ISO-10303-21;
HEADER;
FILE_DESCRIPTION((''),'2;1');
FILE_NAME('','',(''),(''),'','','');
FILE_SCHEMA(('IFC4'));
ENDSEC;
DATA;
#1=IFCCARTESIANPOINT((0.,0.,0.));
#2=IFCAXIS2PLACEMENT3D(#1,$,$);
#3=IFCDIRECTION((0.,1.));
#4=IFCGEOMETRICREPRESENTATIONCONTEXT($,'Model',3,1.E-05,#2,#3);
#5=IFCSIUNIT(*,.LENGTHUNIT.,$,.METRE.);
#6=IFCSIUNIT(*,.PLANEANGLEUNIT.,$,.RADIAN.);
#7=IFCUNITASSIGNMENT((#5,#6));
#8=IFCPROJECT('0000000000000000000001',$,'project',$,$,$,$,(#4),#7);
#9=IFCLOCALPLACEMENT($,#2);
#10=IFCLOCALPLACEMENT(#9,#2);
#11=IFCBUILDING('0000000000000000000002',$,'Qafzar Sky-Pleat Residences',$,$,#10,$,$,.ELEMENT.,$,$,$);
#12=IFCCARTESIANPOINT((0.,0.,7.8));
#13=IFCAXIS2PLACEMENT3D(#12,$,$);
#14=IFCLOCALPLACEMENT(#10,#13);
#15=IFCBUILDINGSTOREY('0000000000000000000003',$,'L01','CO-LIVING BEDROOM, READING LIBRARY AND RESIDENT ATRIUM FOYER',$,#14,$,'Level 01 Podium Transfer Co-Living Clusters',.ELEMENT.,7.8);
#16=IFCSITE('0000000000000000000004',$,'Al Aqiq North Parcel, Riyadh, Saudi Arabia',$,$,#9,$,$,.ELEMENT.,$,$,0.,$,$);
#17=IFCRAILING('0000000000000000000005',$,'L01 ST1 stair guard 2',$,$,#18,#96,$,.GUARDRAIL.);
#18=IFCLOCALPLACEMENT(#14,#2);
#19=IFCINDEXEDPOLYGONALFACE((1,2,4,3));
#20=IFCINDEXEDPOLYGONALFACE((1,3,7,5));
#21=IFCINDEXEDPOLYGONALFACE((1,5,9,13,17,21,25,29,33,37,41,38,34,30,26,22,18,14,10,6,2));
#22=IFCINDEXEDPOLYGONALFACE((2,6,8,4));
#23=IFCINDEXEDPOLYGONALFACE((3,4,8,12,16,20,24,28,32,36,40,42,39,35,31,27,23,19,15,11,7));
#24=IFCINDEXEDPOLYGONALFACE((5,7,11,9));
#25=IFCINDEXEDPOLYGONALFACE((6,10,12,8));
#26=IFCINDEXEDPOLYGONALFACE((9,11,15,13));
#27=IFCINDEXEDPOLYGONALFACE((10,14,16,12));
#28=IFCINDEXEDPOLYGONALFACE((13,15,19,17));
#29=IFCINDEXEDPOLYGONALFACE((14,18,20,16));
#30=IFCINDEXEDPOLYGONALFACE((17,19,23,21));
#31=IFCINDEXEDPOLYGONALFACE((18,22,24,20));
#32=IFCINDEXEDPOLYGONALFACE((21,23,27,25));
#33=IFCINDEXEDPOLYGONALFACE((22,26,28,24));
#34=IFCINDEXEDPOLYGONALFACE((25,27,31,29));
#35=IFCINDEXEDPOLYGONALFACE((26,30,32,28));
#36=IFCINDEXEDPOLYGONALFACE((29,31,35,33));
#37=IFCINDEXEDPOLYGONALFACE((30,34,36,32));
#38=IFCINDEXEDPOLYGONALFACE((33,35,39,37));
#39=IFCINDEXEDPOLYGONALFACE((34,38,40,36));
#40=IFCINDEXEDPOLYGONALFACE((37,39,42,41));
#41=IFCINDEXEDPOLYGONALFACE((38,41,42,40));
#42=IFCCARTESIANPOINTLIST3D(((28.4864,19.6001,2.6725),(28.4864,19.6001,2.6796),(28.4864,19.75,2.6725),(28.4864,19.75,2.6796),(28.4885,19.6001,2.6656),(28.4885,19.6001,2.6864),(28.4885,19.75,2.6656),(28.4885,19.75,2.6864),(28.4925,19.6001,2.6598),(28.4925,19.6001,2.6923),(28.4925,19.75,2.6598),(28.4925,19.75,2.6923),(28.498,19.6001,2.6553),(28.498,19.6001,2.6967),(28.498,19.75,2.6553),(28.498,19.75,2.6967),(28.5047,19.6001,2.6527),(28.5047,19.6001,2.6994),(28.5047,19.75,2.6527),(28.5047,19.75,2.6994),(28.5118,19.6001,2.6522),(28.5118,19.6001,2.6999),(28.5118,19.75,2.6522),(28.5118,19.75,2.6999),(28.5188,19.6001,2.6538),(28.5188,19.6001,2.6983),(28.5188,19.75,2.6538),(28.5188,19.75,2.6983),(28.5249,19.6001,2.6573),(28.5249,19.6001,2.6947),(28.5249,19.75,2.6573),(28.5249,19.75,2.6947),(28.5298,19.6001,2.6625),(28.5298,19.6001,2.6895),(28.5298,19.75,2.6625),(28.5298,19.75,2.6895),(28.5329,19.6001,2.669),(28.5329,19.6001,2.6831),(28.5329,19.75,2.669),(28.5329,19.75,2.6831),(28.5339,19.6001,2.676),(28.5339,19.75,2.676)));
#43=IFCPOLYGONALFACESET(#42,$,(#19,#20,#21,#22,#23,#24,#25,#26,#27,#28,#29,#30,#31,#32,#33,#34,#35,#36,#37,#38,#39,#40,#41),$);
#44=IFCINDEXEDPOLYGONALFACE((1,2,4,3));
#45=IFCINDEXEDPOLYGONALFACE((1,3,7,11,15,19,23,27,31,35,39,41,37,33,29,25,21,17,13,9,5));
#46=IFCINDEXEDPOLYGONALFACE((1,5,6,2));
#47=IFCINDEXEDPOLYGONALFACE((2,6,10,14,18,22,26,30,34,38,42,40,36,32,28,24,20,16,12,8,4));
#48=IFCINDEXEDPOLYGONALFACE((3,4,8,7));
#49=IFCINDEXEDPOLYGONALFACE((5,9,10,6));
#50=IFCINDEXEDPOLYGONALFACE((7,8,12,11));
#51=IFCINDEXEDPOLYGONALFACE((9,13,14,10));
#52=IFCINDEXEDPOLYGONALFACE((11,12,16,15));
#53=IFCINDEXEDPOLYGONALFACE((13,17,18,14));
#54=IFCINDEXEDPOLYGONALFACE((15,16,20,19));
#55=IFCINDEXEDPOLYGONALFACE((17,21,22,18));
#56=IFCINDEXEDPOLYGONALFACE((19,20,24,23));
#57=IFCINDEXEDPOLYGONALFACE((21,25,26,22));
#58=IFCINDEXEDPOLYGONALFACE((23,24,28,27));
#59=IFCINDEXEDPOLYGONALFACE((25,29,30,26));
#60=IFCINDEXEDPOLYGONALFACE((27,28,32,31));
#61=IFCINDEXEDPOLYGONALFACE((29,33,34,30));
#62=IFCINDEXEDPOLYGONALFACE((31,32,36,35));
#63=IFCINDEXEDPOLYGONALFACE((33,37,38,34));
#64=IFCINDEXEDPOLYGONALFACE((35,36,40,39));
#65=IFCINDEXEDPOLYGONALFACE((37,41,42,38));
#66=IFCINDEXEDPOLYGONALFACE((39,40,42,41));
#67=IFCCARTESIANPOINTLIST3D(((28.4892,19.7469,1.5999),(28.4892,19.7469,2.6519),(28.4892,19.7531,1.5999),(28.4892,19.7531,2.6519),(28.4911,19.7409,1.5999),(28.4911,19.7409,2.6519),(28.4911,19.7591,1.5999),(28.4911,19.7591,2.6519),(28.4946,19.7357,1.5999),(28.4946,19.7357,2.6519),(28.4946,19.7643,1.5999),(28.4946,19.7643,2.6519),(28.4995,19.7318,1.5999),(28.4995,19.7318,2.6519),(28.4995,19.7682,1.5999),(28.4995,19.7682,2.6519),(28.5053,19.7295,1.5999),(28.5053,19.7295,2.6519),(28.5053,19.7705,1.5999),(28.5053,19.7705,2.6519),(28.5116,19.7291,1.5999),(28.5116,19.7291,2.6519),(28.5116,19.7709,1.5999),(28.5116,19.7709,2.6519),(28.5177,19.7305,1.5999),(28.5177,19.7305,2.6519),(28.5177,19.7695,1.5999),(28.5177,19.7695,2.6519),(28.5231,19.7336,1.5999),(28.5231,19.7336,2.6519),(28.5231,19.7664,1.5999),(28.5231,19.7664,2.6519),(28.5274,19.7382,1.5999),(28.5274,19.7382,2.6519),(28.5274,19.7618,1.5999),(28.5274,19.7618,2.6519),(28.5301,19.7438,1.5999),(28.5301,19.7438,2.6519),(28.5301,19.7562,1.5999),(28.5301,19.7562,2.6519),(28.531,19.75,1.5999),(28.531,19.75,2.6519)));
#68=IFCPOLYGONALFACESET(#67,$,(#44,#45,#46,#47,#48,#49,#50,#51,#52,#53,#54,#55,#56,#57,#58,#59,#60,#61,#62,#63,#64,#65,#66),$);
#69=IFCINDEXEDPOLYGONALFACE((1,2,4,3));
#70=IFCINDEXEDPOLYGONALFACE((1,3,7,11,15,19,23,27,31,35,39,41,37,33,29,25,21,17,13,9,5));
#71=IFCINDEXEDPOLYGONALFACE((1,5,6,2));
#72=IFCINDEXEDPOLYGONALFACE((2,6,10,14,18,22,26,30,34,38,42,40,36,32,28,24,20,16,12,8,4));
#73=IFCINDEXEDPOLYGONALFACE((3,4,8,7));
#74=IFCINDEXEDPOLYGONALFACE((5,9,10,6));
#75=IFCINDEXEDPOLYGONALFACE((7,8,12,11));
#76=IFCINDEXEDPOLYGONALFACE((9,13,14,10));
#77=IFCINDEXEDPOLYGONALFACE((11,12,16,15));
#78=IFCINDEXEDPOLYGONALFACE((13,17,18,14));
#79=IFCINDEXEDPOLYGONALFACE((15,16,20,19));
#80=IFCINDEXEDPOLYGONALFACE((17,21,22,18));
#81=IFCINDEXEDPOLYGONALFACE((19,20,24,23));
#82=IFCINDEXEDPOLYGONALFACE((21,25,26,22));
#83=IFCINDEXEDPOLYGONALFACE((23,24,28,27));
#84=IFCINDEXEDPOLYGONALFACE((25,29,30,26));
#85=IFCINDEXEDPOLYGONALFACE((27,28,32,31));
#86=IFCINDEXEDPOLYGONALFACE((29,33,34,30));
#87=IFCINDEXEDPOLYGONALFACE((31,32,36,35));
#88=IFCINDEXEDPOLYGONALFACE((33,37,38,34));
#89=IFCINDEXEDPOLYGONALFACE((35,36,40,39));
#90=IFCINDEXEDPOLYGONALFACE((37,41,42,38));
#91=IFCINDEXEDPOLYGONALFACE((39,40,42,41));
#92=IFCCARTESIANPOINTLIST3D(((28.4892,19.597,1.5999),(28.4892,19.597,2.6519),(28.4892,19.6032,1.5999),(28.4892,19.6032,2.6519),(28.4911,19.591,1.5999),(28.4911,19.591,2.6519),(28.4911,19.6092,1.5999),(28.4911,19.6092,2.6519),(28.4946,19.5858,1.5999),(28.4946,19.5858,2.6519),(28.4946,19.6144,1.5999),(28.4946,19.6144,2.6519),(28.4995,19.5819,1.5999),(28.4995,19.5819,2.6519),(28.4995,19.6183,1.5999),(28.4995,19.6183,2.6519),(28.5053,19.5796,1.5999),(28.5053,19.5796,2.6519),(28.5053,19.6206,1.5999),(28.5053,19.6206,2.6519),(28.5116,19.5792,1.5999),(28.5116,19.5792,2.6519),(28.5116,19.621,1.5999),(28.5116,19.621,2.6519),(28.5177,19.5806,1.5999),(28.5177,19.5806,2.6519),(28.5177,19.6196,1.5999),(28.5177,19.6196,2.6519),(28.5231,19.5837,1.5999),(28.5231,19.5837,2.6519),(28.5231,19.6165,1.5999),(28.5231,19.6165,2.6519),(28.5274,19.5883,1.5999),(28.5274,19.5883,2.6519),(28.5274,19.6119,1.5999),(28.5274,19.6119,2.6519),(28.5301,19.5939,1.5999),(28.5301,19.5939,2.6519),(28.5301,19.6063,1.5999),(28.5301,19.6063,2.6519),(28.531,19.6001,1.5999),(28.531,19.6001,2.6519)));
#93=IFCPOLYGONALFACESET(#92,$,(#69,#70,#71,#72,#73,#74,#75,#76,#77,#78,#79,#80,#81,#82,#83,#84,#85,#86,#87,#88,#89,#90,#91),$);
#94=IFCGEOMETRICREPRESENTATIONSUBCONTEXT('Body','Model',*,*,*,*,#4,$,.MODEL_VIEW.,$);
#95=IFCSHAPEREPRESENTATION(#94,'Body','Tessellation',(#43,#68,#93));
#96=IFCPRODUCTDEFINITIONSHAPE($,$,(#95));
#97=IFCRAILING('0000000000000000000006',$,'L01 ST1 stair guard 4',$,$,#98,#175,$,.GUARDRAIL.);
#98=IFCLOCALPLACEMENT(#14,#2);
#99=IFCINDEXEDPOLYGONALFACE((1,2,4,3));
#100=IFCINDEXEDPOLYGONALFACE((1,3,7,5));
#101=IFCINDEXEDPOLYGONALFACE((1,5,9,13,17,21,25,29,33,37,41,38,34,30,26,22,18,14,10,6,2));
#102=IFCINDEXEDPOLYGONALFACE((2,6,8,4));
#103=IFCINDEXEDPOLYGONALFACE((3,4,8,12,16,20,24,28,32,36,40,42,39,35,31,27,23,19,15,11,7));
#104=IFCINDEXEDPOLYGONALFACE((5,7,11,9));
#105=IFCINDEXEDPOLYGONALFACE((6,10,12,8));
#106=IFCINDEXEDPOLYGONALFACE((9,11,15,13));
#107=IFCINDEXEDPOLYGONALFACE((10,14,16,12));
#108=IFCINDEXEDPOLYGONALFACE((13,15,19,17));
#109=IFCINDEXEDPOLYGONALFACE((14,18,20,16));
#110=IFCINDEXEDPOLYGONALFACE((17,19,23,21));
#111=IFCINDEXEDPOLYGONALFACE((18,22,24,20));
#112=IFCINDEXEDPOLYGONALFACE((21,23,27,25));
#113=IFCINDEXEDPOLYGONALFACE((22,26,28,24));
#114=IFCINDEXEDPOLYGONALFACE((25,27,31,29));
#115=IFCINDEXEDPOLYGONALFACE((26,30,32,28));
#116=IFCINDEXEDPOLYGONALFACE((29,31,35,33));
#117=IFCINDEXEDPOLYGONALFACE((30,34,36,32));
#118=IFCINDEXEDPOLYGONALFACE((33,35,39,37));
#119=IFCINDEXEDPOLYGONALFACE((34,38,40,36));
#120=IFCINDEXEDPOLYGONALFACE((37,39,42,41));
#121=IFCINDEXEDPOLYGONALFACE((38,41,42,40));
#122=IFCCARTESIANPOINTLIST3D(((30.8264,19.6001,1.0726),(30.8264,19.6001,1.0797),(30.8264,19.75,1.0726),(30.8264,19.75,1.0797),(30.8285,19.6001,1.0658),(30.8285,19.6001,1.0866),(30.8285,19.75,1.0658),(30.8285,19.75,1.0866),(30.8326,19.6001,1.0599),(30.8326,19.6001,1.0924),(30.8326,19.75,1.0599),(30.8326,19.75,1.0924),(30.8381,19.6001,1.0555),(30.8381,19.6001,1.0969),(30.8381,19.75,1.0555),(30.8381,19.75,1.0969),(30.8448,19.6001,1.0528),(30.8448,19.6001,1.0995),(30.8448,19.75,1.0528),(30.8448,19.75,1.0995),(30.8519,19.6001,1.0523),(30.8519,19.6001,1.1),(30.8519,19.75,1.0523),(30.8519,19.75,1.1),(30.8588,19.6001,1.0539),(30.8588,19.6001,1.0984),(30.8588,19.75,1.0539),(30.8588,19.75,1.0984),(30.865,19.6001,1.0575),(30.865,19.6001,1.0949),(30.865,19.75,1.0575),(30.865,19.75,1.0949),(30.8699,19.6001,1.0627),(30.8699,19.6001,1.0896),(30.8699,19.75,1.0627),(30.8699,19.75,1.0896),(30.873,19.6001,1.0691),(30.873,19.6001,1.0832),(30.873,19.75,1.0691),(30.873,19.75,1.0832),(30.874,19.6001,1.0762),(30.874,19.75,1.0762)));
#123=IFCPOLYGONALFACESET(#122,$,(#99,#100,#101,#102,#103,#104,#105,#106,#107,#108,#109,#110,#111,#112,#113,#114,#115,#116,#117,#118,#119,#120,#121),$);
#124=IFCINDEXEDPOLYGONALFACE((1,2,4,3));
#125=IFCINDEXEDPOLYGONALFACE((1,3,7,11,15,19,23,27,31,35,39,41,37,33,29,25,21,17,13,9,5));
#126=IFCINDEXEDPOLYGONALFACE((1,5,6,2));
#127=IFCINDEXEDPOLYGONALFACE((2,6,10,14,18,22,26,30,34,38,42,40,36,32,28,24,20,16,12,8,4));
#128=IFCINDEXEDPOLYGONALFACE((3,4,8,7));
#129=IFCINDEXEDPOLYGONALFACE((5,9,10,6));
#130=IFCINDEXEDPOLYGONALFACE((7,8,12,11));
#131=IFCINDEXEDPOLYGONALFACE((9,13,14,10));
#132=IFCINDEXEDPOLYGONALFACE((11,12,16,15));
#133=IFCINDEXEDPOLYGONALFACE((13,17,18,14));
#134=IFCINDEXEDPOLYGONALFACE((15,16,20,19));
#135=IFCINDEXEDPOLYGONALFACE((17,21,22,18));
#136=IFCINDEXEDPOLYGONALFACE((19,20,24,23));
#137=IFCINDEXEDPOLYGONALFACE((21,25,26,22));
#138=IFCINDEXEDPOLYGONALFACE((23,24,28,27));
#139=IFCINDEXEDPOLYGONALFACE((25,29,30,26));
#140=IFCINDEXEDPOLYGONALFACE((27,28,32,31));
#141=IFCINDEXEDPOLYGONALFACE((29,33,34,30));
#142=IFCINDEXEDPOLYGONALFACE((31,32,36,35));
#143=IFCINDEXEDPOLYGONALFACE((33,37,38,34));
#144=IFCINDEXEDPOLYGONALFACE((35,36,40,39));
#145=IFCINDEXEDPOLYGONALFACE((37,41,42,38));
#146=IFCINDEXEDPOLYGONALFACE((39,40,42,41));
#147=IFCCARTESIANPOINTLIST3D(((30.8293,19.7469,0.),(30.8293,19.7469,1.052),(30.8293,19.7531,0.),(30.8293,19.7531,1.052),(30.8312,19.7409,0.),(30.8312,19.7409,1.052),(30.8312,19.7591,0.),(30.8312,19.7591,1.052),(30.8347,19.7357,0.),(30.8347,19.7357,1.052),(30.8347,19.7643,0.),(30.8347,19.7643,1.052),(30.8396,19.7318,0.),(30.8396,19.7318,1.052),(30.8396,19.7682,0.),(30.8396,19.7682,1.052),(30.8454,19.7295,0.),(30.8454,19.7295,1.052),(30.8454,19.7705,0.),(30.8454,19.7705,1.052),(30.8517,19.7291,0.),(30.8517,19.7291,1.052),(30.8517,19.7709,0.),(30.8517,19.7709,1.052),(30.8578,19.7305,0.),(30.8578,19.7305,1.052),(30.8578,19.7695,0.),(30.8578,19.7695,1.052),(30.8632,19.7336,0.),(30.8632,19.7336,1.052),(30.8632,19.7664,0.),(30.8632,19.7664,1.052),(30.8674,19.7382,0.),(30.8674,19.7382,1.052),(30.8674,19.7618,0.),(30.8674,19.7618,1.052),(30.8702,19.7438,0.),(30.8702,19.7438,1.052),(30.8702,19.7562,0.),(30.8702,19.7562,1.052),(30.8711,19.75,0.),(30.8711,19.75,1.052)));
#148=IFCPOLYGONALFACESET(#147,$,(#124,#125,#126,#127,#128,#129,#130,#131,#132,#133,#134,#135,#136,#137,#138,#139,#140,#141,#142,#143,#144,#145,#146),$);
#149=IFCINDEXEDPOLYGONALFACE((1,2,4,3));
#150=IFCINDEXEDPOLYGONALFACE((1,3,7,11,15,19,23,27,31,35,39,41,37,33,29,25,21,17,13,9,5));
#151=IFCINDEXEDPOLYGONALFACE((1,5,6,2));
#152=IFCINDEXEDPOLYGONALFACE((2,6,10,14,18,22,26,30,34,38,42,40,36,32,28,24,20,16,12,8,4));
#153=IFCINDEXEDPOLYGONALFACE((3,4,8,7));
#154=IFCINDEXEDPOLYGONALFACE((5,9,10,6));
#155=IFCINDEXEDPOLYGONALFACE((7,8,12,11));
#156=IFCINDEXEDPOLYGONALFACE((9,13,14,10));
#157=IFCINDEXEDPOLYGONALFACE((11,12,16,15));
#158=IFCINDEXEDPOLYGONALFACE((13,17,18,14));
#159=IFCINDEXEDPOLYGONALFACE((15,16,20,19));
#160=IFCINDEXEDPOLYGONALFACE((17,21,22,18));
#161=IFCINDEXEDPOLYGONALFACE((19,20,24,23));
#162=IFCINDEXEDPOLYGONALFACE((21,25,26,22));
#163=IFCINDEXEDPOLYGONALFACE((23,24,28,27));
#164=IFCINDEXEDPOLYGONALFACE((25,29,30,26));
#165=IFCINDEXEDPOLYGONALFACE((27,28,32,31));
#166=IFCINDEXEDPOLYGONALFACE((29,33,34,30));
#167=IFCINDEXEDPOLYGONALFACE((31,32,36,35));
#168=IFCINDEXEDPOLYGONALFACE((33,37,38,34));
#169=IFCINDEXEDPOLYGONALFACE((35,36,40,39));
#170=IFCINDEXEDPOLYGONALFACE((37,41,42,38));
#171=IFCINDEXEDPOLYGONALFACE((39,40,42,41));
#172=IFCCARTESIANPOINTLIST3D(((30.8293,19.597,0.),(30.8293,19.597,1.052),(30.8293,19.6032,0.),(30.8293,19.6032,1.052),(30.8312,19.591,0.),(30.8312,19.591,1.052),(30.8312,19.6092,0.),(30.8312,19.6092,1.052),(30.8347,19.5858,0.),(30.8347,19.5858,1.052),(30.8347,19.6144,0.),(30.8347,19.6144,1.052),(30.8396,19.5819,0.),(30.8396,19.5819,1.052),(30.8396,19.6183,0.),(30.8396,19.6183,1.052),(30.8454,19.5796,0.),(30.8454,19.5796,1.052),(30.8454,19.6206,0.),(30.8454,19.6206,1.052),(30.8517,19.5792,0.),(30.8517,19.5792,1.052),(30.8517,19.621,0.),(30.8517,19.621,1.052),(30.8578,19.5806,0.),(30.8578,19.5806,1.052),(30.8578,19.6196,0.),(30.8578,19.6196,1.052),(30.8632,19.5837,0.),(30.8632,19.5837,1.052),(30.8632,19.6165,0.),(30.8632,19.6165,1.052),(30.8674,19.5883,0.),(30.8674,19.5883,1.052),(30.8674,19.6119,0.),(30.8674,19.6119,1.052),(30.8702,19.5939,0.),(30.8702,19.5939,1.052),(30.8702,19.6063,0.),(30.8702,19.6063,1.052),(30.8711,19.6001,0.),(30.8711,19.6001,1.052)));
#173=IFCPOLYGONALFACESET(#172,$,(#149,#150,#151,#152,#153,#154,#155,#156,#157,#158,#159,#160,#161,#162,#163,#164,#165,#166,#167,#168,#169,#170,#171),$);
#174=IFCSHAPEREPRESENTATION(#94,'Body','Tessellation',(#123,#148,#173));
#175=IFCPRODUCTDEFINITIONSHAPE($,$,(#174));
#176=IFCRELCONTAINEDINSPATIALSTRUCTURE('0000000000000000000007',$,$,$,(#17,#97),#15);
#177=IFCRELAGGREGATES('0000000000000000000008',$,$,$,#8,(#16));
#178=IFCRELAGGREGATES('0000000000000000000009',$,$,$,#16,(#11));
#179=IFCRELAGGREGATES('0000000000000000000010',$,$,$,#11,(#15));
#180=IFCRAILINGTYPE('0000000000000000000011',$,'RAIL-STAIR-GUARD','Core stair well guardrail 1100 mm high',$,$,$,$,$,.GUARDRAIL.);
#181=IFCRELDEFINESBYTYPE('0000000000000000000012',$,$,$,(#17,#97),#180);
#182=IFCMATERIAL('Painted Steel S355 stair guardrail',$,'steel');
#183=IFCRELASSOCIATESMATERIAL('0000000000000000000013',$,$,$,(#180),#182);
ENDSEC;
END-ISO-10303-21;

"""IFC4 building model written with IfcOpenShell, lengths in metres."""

from ifc_helpers import new_model, si_unit, direction, frame, origin, origin_2d, place, context, subcontext, project, spatial, circle, extrude, source, transform, mapped, material, type_object, element, save


model = new_model("IFC4")

# Units and contexts
model_context = context("Model", 3, precision=1e-05, world=origin(), true_north=direction((0.0, 1.0)))
body_context = subcontext(model_context, "Body", "Model", "MODEL_VIEW")
ifc_project = project(units=[si_unit("LENGTHUNIT", "METRE"), si_unit("PLANEANGLEUNIT", "RADIAN")], contexts=[model_context])

# Site, building, storey
site_placement = place(None, origin())
site = spatial("IfcSite", under=ifc_project, at=site_placement, Name="Al Aqiq North Parcel, Riyadh, Saudi Arabia", CompositionType="ELEMENT", RefElevation=0.0)
building_placement = place(site_placement, origin())
building = spatial("IfcBuilding", under=site, at=building_placement, Name="Qafzar Sky-Pleat Residences", CompositionType="ELEMENT")
storey_placement = place(building_placement, frame((0.0, 0.0, 7.8)))
storey = spatial("IfcBuildingStorey", under=building, at=storey_placement, Name="L01", Description="CO-LIVING BEDROOM, READING LIBRARY AND RESIDENT ATRIUM FOYER", LongName="Level 01 Podium Transfer Co-Living Clusters", CompositionType="ELEMENT", Elevation=7.8)

# Railings
ifc_material_1 = material(Name="Painted Steel S355 stair guardrail", Category="steel")
railing_type_1 = type_object("IfcRailingType", Name="RAIL-STAIR-GUARD", Description="Core stair well guardrail 1100 mm high", PredefinedType="GUARDRAIL", material=ifc_material_1)
shared_shape_1 = source(origin(), body_context, "Body", "SweptSolid", [
    extrude(circle(Radius=0.0239, at=origin_2d()), frame((0.0, 0.0, 1.0762), z_axis=(0.0, -1.0, 0.0), x_axis=(1.0, 0.0, 0.0)), (0.0, 0.0, 1.0), 0.1499),
    extrude(circle(Radius=0.021, at=origin_2d()), origin(), (0.0, 0.0, 1.0), 1.052),
    extrude(circle(Radius=0.021, at=origin_2d()), frame((0.0, -0.1499, 0.0)), (0.0, 0.0, 1.0), 1.052),
])
for number, where, name in (
    (1, (28.51, 19.75, 1.5999), "L01 ST1 stair guard 2"),
    (2, (30.8501, 19.75, 0.0), "L01 ST1 stair guard 4"),
):
    element("IfcRailing", number, at=place(storey_placement, frame(where)), inside=storey, type_object=railing_type_1, Name=name, PredefinedType="GUARDRAIL", context=body_context, shape_type="MappedRepresentation", body=[
        mapped(shared_shape_1, transform((0.0, 0.0, 0.0), x_axis=(1.0, 0.0, 0.0), y_axis=(0.0, 1.0, 0.0), z_axis=(0.0, 0.0, 1.0), scale=1.0)),
    ])

save(model, "model.ifc")
